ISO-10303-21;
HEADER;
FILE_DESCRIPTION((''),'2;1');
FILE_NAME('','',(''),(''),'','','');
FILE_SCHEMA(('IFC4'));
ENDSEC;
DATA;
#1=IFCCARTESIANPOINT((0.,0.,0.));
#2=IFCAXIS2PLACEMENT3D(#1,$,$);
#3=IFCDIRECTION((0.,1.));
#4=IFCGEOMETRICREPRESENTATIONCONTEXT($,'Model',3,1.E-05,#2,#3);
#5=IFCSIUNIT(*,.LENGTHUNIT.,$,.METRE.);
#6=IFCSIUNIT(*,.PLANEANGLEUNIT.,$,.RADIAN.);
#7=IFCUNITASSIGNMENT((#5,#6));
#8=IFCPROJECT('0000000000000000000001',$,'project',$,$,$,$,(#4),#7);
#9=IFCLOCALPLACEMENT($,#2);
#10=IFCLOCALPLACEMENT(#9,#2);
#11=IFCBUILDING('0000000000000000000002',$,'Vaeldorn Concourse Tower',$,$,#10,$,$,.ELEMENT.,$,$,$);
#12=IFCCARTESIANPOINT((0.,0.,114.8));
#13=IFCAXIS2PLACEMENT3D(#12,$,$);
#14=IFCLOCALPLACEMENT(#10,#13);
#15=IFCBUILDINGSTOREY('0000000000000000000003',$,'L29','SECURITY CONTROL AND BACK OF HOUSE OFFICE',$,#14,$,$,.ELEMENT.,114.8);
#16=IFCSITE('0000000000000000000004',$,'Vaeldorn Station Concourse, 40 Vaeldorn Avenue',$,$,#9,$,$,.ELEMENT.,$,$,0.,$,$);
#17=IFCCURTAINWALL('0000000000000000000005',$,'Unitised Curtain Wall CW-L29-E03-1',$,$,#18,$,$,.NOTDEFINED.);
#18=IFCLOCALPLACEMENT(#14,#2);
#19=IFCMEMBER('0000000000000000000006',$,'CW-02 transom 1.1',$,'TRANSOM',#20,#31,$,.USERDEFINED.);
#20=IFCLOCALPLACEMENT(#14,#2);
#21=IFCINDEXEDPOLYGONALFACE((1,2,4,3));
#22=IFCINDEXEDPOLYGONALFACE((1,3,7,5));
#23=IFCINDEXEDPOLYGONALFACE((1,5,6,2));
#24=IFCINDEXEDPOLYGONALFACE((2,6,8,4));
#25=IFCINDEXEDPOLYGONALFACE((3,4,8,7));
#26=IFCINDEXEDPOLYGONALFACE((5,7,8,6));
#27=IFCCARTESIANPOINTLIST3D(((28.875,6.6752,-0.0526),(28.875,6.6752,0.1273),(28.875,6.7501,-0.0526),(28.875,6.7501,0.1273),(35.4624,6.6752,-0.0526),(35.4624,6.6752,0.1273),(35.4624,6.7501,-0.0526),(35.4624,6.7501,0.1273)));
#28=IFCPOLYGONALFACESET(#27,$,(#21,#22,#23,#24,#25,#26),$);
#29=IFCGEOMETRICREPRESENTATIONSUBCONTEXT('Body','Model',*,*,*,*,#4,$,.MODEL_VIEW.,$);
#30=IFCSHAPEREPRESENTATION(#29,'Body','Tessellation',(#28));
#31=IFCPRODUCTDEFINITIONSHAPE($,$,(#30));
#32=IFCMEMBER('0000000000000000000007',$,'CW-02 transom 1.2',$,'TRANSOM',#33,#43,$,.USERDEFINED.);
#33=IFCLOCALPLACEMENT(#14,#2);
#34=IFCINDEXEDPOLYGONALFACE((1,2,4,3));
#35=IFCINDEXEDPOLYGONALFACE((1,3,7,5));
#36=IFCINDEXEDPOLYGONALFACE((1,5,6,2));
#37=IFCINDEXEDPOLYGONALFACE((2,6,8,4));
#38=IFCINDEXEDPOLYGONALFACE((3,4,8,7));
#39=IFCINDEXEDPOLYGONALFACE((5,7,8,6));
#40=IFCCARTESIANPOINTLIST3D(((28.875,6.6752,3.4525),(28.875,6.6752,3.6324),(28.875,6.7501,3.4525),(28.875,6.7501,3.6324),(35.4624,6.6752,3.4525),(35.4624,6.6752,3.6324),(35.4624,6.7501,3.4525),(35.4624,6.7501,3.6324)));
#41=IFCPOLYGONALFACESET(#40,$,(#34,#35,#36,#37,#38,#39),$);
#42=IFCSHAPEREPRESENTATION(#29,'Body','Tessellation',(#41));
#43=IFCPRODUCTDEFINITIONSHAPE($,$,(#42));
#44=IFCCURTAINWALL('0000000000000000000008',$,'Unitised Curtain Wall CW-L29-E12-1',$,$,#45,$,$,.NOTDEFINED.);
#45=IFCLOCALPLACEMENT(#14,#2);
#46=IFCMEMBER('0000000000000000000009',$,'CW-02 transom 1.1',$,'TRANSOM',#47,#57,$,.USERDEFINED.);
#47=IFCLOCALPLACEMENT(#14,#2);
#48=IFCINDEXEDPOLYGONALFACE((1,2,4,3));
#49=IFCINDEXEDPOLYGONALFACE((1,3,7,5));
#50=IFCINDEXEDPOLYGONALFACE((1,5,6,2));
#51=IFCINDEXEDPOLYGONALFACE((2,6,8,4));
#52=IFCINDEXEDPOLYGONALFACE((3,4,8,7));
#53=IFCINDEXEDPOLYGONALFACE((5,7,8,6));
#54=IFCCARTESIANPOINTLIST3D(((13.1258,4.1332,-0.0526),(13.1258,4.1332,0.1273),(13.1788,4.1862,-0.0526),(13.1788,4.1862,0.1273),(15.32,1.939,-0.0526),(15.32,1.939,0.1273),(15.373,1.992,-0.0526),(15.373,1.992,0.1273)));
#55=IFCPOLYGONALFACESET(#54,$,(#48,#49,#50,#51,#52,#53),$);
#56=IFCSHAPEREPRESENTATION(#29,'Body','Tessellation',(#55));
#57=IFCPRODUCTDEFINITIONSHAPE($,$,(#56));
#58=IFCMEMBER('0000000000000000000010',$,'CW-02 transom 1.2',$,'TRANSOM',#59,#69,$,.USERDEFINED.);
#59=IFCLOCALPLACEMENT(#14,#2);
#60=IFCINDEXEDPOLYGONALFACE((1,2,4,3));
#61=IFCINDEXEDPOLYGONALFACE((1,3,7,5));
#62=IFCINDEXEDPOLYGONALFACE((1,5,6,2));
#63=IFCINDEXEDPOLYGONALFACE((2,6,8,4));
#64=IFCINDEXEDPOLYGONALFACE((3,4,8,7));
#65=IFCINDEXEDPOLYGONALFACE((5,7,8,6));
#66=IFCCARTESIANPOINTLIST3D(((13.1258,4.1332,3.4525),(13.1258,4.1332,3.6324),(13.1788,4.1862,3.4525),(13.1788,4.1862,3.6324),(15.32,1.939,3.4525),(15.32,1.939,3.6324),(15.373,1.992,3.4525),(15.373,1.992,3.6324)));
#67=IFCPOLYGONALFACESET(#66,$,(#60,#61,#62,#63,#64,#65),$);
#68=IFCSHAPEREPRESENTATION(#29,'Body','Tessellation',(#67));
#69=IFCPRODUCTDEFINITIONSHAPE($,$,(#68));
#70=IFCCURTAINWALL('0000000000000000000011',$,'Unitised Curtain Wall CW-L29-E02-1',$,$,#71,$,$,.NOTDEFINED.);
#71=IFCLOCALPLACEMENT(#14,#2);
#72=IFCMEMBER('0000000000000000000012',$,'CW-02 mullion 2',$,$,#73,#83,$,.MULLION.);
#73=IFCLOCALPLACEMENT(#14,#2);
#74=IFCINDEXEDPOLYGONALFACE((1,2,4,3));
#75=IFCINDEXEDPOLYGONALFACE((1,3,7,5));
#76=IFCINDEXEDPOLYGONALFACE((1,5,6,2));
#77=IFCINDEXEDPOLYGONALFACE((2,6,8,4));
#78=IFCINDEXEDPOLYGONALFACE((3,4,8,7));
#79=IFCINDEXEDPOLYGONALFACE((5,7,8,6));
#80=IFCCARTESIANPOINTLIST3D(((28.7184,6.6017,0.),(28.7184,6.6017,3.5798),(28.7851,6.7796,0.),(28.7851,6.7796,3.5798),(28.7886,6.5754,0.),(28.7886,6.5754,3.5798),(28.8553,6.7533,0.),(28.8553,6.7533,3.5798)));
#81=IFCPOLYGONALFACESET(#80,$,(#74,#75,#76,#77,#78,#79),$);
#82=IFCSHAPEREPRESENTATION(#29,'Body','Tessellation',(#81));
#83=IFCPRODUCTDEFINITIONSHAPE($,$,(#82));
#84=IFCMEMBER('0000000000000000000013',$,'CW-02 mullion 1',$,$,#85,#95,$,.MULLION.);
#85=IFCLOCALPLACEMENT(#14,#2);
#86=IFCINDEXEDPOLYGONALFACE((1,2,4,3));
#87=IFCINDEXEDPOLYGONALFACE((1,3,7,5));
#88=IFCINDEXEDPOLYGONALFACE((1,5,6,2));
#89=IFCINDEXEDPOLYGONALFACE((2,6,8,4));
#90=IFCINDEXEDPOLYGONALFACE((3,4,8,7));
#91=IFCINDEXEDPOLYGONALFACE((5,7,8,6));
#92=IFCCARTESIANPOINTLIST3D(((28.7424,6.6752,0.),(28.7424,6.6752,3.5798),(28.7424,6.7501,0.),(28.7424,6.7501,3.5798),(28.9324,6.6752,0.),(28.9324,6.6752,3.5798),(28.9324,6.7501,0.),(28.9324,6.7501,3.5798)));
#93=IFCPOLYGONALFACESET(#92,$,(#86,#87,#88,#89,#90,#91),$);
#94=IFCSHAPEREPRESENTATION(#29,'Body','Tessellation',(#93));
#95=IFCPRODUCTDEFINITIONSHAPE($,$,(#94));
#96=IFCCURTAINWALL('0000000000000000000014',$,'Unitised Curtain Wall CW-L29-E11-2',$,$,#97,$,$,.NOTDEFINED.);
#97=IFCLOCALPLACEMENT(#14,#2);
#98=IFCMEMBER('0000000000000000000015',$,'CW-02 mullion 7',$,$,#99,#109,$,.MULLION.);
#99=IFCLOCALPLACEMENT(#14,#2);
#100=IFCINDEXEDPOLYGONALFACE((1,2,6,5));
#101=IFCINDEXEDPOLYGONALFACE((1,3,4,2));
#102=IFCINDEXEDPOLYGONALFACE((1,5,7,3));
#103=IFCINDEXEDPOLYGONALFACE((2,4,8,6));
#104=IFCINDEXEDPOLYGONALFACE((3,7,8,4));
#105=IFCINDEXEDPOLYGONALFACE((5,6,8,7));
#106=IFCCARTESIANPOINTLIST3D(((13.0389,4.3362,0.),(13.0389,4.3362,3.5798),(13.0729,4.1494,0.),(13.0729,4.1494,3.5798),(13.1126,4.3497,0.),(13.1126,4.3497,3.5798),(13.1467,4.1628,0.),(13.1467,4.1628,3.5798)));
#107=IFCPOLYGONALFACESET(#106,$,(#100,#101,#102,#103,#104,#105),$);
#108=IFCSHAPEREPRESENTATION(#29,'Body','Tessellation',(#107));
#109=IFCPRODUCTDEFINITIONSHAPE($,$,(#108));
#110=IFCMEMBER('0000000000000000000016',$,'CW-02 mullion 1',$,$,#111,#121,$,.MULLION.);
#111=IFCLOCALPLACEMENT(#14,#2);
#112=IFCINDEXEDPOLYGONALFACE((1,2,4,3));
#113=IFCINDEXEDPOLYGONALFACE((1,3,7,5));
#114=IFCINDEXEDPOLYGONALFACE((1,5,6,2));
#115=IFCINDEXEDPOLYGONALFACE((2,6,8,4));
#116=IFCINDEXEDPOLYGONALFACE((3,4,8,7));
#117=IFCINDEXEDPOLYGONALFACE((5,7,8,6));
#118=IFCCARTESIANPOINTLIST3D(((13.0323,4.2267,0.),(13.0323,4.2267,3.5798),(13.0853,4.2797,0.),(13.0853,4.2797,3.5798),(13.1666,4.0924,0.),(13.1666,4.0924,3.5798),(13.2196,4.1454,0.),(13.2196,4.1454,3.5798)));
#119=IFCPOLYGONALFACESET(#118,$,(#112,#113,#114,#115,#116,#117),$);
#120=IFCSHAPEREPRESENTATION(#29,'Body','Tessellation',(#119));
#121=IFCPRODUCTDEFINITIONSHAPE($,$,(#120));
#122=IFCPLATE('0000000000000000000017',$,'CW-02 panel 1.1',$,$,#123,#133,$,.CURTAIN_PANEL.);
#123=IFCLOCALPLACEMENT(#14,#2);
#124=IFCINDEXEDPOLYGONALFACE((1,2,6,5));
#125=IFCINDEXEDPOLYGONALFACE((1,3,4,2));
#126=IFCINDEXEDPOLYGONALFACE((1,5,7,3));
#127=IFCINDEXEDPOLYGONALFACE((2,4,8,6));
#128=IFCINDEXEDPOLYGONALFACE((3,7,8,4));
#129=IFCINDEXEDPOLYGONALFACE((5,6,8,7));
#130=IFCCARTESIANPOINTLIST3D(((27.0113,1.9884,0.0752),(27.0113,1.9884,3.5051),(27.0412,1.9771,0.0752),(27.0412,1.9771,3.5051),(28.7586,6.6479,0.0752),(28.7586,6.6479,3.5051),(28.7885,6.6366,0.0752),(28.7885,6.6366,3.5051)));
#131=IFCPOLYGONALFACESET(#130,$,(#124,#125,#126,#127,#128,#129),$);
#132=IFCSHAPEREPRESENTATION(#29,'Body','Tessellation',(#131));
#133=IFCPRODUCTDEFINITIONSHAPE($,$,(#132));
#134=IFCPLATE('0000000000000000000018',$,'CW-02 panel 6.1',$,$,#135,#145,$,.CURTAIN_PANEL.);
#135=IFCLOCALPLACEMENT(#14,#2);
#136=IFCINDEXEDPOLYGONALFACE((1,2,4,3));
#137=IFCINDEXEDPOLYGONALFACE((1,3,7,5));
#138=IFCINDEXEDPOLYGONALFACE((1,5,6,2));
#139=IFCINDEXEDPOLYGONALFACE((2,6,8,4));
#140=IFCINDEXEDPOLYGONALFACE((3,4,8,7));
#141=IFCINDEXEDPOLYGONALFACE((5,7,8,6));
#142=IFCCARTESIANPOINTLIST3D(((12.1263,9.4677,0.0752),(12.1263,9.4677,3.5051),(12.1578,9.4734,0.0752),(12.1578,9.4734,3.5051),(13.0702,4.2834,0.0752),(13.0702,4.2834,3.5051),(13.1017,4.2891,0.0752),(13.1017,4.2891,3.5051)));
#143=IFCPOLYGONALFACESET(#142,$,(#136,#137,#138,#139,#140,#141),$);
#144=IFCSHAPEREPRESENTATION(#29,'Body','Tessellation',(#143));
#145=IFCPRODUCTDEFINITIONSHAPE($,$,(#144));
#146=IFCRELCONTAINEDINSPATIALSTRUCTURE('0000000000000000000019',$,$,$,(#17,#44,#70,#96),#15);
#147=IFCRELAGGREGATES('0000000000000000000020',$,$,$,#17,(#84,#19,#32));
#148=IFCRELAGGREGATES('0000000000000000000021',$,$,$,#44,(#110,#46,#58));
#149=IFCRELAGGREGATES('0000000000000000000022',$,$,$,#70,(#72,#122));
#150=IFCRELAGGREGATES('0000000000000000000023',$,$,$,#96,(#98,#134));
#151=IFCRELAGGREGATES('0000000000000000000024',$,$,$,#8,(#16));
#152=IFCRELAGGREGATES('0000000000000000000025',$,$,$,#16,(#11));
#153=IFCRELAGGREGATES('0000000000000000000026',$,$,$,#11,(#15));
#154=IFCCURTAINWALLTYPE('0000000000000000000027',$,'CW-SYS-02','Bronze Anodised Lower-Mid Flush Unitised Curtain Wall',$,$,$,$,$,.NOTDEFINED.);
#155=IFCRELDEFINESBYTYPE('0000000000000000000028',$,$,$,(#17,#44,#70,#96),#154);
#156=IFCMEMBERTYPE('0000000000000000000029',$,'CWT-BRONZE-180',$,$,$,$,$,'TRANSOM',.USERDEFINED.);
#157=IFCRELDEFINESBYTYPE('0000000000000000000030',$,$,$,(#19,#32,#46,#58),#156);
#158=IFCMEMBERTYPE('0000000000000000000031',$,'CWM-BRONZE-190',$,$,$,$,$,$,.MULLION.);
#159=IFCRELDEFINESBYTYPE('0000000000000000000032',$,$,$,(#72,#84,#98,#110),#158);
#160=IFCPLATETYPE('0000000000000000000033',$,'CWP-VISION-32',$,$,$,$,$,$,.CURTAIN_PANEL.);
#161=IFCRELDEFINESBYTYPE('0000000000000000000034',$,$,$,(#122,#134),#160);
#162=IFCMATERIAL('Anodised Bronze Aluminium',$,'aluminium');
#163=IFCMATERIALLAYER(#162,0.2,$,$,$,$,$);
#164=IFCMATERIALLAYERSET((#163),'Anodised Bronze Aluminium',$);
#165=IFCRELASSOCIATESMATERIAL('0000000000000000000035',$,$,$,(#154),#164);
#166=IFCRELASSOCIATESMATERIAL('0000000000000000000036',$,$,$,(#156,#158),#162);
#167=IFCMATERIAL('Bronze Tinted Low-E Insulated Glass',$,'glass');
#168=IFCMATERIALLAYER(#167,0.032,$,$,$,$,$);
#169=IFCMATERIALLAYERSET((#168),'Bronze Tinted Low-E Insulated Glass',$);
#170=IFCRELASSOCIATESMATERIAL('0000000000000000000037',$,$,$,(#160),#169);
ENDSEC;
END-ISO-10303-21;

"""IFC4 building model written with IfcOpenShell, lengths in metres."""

from ifc_helpers import new_model, si_unit, direction, frame, origin, origin_2d, place, context, subcontext, project, spatial, rectangle, extrude, source, transform, mapped, material, layer, layer_set, material_profile, profile_set, type_object, element, aggregate, save


model = new_model("IFC4")

# Units and contexts
model_context = context("Model", 3, precision=1e-05, world=origin(), true_north=direction((0.0, 1.0)))
body_context = subcontext(model_context, "Body", "Model", "MODEL_VIEW")
ifc_project = project(units=[si_unit("LENGTHUNIT", "METRE"), si_unit("PLANEANGLEUNIT", "RADIAN")], contexts=[model_context])

# Site, building, storey
site_placement = place(None, origin())
site = spatial("IfcSite", under=ifc_project, at=site_placement, Name="Vaeldorn Station Concourse, 40 Vaeldorn Avenue", CompositionType="ELEMENT", RefElevation=0.0)
building_placement = place(site_placement, origin())
building = spatial("IfcBuilding", under=site, at=building_placement, Name="Vaeldorn Concourse Tower", CompositionType="ELEMENT")
storey_placement = place(building_placement, frame((0.0, 0.0, 114.8)))
storey = spatial("IfcBuildingStorey", under=building, at=storey_placement, Name="L29", Description="SECURITY CONTROL AND BACK OF HOUSE OFFICE", CompositionType="ELEMENT", Elevation=114.8)

# Curtain walls, members
ifc_material_1 = material(Name="Anodised Bronze Aluminium", Category="aluminium")
ifc_layer_1 = layer(ifc_material_1, 0.2)
ifc_layer_set_1 = layer_set([ifc_layer_1], Name="Anodised Bronze Aluminium")
curtain_wall_type = type_object("IfcCurtainWallType", Name="CW-SYS-02", Description="Bronze Anodised Lower-Mid Flush Unitised Curtain Wall", PredefinedType="NOTDEFINED", material=ifc_layer_set_1)
curtain_wall_1_placement = place(storey_placement, origin())
curtain_wall_1 = element("IfcCurtainWall", 1, at=curtain_wall_1_placement, inside=storey, type_object=curtain_wall_type, Name="Unitised Curtain Wall CW-L29-E03-1", PredefinedType="NOTDEFINED")
ifc_material_profile_1 = material_profile(ifc_material_1, rectangle(XDim=0.075, YDim=0.1799, at=origin_2d()), Name="CWT 75x180")
ifc_profile_set_1 = profile_set([ifc_material_profile_1], Name="Anodised Bronze Aluminium")
member_type_1 = type_object("IfcMemberType", Name="CWT-BRONZE-180", ElementType="TRANSOM", PredefinedType="USERDEFINED", material=ifc_profile_set_1)
shared_shape_1 = source(origin(), body_context, "Body", "SweptSolid", [
    extrude(rectangle(XDim=0.075, YDim=0.1799, at=origin_2d()), origin(), (0.0, 0.0, 1.0), 6.5874),
])
member_1_placement = place(storey_placement, frame((28.875, 6.7126, 0.0374), z_axis=(1.0, 0.0, 0.0), x_axis=(0.0, 1.0, 0.0)))
member_1 = element("IfcMember", 2, at=member_1_placement, type_object=member_type_1, Name="CW-02 transom 1.1", ObjectType="TRANSOM", PredefinedType="USERDEFINED", context=body_context, shape_type="MappedRepresentation", body=[
    mapped(shared_shape_1, transform((0.0, 0.0, 0.0), scale=1.0)),
])
member_2_placement = place(storey_placement, frame((28.875, 6.7126, 3.5425), z_axis=(1.0, 0.0, 0.0), x_axis=(0.0, 1.0, 0.0)))
member_2 = element("IfcMember", 3, at=member_2_placement, type_object=member_type_1, Name="CW-02 transom 1.2", ObjectType="TRANSOM", PredefinedType="USERDEFINED", context=body_context, shape_type="MappedRepresentation", body=[
    mapped(shared_shape_1, transform((0.0, 0.0, 0.0), scale=1.0)),
])
curtain_wall_2_placement = place(storey_placement, origin())
curtain_wall_2 = element("IfcCurtainWall", 4, at=curtain_wall_2_placement, inside=storey, type_object=curtain_wall_type, Name="Unitised Curtain Wall CW-L29-E12-1", PredefinedType="NOTDEFINED")
shared_shape_2 = source(origin(), body_context, "Body", "SweptSolid", [
    extrude(rectangle(XDim=0.075, YDim=0.1799, at=origin_2d()), origin(), (0.0, 0.0, 1.0), 3.103),
])
member_3_placement = place(storey_placement, frame((13.1523, 4.1597, 0.0374), z_axis=(0.707107, -0.707107, 0.0), x_axis=(0.707107, 0.707107, 0.0)))
member_3 = element("IfcMember", 5, at=member_3_placement, type_object=member_type_1, Name="CW-02 transom 1.1", ObjectType="TRANSOM", PredefinedType="USERDEFINED", context=body_context, shape_type="MappedRepresentation", body=[
    mapped(shared_shape_2, transform((0.0, 0.0, 0.0), scale=1.0)),
])
member_4_placement = place(storey_placement, frame((13.1523, 4.1597, 3.5425), z_axis=(0.707107, -0.707107, 0.0), x_axis=(0.707107, 0.707107, 0.0)))
member_4 = element("IfcMember", 6, at=member_4_placement, type_object=member_type_1, Name="CW-02 transom 1.2", ObjectType="TRANSOM", PredefinedType="USERDEFINED", context=body_context, shape_type="MappedRepresentation", body=[
    mapped(shared_shape_2, transform((0.0, 0.0, 0.0), scale=1.0)),
])

# Curtain wall, member
curtain_wall_3_placement = place(storey_placement, origin())
curtain_wall_3 = element("IfcCurtainWall", 7, at=curtain_wall_3_placement, inside=storey, type_object=curtain_wall_type, Name="Unitised Curtain Wall CW-L29-E02-1", PredefinedType="NOTDEFINED")
ifc_material_profile_2 = material_profile(ifc_material_1, rectangle(XDim=0.075, YDim=0.1899, at=origin_2d()), Name="CWM 75x190")
ifc_profile_set_2 = profile_set([ifc_material_profile_2], Name="Anodised Bronze Aluminium")
member_type_2 = type_object("IfcMemberType", Name="CWM-BRONZE-190", PredefinedType="MULLION", material=ifc_profile_set_2)
shared_shape_3 = source(origin(), body_context, "Body", "SweptSolid", [
    extrude(rectangle(XDim=0.075, YDim=0.1899, at=origin_2d()), origin(), (0.0, 0.0, 1.0), 3.5798),
])
member_5_placement = place(storey_placement, frame((28.7869, 6.6775, 0.0), z_axis=(0.0, 0.0, 1.0), x_axis=(-0.936329, 0.351123, 0.0)))
member_5 = element("IfcMember", 8, at=member_5_placement, type_object=member_type_2, Name="CW-02 mullion 2", PredefinedType="MULLION", context=body_context, shape_type="MappedRepresentation", body=[
    mapped(shared_shape_3, transform((0.0, 0.0, 0.0), scale=1.0)),
])

# Member
member_6_placement = place(storey_placement, frame((28.8374, 6.7126, 0.0), z_axis=(0.0, 0.0, 1.0), x_axis=(0.0, 1.0, 0.0)))
member_6 = element("IfcMember", 9, at=member_6_placement, type_object=member_type_2, Name="CW-02 mullion 1", PredefinedType="MULLION", context=body_context, shape_type="MappedRepresentation", body=[
    mapped(shared_shape_3, transform((0.0, 0.0, 0.0), scale=1.0)),
])
aggregate(curtain_wall_1, [member_6, member_1, member_2])

# Curtain wall, member
curtain_wall_4_placement = place(storey_placement, origin())
curtain_wall_4 = element("IfcCurtainWall", 10, at=curtain_wall_4_placement, inside=storey, type_object=curtain_wall_type, Name="Unitised Curtain Wall CW-L29-E11-2", PredefinedType="NOTDEFINED")
member_7_placement = place(storey_placement, frame((13.0928, 4.2495, 0.0), z_axis=(0.0, 0.0, 1.0), x_axis=(0.983828, 0.179118, 0.0)))
member_7 = element("IfcMember", 11, at=member_7_placement, type_object=member_type_2, Name="CW-02 mullion 7", PredefinedType="MULLION", context=body_context, shape_type="MappedRepresentation", body=[
    mapped(shared_shape_3, transform((0.0, 0.0, 0.0), scale=1.0)),
])

# Member
member_8_placement = place(storey_placement, frame((13.126, 4.186, 0.0), z_axis=(0.0, 0.0, 1.0), x_axis=(0.707107, 0.707107, 0.0)))
member_8 = element("IfcMember", 12, at=member_8_placement, type_object=member_type_2, Name="CW-02 mullion 1", PredefinedType="MULLION", context=body_context, shape_type="MappedRepresentation", body=[
    mapped(shared_shape_3, transform((0.0, 0.0, 0.0), scale=1.0)),
])
aggregate(curtain_wall_2, [member_8, member_3, member_4])

# Plates
ifc_material_2 = material(Name="Bronze Tinted Low-E Insulated Glass", Category="glass")
ifc_layer_2 = layer(ifc_material_2, 0.032)
ifc_layer_set_2 = layer_set([ifc_layer_2], Name="Bronze Tinted Low-E Insulated Glass")
plate_type = type_object("IfcPlateType", Name="CWP-VISION-32", PredefinedType="CURTAIN_PANEL", material=ifc_layer_set_2)
shared_shape_4 = source(origin(), body_context, "Body", "SweptSolid", [
    extrude(rectangle(XDim=4.9763, YDim=0.032, at=origin_2d()), origin(), (0.0, 0.0, 1.0), 3.4299),
])
plate_1_placement = place(storey_placement, frame((27.8999, 4.3125, 0.0752), z_axis=(0.0, 0.0, 1.0), x_axis=(0.351123, 0.936329, 0.0)))
plate_1 = element("IfcPlate", 13, at=plate_1_placement, type_object=plate_type, Name="CW-02 panel 1.1", PredefinedType="CURTAIN_PANEL", context=body_context, shape_type="MappedRepresentation", body=[
    mapped(shared_shape_4, transform((0.0, 0.0, 0.0), scale=1.0)),
])
aggregate(curtain_wall_3, [member_5, plate_1])
shared_shape_5 = source(origin(), body_context, "Body", "SweptSolid", [
    extrude(rectangle(XDim=5.2695, YDim=0.032, at=origin_2d()), origin(), (0.0, 0.0, 1.0), 3.4299),
])
plate_2_placement = place(storey_placement, frame((12.614, 6.8784, 0.0752), z_axis=(0.0, 0.0, 1.0), x_axis=(0.179118, -0.983828, 0.0)))
plate_2 = element("IfcPlate", 14, at=plate_2_placement, type_object=plate_type, Name="CW-02 panel 6.1", PredefinedType="CURTAIN_PANEL", context=body_context, shape_type="MappedRepresentation", body=[
    mapped(shared_shape_5, transform((0.0, 0.0, 0.0), scale=1.0)),
])
aggregate(curtain_wall_4, [member_7, plate_2])

save(model, "model.ifc")
